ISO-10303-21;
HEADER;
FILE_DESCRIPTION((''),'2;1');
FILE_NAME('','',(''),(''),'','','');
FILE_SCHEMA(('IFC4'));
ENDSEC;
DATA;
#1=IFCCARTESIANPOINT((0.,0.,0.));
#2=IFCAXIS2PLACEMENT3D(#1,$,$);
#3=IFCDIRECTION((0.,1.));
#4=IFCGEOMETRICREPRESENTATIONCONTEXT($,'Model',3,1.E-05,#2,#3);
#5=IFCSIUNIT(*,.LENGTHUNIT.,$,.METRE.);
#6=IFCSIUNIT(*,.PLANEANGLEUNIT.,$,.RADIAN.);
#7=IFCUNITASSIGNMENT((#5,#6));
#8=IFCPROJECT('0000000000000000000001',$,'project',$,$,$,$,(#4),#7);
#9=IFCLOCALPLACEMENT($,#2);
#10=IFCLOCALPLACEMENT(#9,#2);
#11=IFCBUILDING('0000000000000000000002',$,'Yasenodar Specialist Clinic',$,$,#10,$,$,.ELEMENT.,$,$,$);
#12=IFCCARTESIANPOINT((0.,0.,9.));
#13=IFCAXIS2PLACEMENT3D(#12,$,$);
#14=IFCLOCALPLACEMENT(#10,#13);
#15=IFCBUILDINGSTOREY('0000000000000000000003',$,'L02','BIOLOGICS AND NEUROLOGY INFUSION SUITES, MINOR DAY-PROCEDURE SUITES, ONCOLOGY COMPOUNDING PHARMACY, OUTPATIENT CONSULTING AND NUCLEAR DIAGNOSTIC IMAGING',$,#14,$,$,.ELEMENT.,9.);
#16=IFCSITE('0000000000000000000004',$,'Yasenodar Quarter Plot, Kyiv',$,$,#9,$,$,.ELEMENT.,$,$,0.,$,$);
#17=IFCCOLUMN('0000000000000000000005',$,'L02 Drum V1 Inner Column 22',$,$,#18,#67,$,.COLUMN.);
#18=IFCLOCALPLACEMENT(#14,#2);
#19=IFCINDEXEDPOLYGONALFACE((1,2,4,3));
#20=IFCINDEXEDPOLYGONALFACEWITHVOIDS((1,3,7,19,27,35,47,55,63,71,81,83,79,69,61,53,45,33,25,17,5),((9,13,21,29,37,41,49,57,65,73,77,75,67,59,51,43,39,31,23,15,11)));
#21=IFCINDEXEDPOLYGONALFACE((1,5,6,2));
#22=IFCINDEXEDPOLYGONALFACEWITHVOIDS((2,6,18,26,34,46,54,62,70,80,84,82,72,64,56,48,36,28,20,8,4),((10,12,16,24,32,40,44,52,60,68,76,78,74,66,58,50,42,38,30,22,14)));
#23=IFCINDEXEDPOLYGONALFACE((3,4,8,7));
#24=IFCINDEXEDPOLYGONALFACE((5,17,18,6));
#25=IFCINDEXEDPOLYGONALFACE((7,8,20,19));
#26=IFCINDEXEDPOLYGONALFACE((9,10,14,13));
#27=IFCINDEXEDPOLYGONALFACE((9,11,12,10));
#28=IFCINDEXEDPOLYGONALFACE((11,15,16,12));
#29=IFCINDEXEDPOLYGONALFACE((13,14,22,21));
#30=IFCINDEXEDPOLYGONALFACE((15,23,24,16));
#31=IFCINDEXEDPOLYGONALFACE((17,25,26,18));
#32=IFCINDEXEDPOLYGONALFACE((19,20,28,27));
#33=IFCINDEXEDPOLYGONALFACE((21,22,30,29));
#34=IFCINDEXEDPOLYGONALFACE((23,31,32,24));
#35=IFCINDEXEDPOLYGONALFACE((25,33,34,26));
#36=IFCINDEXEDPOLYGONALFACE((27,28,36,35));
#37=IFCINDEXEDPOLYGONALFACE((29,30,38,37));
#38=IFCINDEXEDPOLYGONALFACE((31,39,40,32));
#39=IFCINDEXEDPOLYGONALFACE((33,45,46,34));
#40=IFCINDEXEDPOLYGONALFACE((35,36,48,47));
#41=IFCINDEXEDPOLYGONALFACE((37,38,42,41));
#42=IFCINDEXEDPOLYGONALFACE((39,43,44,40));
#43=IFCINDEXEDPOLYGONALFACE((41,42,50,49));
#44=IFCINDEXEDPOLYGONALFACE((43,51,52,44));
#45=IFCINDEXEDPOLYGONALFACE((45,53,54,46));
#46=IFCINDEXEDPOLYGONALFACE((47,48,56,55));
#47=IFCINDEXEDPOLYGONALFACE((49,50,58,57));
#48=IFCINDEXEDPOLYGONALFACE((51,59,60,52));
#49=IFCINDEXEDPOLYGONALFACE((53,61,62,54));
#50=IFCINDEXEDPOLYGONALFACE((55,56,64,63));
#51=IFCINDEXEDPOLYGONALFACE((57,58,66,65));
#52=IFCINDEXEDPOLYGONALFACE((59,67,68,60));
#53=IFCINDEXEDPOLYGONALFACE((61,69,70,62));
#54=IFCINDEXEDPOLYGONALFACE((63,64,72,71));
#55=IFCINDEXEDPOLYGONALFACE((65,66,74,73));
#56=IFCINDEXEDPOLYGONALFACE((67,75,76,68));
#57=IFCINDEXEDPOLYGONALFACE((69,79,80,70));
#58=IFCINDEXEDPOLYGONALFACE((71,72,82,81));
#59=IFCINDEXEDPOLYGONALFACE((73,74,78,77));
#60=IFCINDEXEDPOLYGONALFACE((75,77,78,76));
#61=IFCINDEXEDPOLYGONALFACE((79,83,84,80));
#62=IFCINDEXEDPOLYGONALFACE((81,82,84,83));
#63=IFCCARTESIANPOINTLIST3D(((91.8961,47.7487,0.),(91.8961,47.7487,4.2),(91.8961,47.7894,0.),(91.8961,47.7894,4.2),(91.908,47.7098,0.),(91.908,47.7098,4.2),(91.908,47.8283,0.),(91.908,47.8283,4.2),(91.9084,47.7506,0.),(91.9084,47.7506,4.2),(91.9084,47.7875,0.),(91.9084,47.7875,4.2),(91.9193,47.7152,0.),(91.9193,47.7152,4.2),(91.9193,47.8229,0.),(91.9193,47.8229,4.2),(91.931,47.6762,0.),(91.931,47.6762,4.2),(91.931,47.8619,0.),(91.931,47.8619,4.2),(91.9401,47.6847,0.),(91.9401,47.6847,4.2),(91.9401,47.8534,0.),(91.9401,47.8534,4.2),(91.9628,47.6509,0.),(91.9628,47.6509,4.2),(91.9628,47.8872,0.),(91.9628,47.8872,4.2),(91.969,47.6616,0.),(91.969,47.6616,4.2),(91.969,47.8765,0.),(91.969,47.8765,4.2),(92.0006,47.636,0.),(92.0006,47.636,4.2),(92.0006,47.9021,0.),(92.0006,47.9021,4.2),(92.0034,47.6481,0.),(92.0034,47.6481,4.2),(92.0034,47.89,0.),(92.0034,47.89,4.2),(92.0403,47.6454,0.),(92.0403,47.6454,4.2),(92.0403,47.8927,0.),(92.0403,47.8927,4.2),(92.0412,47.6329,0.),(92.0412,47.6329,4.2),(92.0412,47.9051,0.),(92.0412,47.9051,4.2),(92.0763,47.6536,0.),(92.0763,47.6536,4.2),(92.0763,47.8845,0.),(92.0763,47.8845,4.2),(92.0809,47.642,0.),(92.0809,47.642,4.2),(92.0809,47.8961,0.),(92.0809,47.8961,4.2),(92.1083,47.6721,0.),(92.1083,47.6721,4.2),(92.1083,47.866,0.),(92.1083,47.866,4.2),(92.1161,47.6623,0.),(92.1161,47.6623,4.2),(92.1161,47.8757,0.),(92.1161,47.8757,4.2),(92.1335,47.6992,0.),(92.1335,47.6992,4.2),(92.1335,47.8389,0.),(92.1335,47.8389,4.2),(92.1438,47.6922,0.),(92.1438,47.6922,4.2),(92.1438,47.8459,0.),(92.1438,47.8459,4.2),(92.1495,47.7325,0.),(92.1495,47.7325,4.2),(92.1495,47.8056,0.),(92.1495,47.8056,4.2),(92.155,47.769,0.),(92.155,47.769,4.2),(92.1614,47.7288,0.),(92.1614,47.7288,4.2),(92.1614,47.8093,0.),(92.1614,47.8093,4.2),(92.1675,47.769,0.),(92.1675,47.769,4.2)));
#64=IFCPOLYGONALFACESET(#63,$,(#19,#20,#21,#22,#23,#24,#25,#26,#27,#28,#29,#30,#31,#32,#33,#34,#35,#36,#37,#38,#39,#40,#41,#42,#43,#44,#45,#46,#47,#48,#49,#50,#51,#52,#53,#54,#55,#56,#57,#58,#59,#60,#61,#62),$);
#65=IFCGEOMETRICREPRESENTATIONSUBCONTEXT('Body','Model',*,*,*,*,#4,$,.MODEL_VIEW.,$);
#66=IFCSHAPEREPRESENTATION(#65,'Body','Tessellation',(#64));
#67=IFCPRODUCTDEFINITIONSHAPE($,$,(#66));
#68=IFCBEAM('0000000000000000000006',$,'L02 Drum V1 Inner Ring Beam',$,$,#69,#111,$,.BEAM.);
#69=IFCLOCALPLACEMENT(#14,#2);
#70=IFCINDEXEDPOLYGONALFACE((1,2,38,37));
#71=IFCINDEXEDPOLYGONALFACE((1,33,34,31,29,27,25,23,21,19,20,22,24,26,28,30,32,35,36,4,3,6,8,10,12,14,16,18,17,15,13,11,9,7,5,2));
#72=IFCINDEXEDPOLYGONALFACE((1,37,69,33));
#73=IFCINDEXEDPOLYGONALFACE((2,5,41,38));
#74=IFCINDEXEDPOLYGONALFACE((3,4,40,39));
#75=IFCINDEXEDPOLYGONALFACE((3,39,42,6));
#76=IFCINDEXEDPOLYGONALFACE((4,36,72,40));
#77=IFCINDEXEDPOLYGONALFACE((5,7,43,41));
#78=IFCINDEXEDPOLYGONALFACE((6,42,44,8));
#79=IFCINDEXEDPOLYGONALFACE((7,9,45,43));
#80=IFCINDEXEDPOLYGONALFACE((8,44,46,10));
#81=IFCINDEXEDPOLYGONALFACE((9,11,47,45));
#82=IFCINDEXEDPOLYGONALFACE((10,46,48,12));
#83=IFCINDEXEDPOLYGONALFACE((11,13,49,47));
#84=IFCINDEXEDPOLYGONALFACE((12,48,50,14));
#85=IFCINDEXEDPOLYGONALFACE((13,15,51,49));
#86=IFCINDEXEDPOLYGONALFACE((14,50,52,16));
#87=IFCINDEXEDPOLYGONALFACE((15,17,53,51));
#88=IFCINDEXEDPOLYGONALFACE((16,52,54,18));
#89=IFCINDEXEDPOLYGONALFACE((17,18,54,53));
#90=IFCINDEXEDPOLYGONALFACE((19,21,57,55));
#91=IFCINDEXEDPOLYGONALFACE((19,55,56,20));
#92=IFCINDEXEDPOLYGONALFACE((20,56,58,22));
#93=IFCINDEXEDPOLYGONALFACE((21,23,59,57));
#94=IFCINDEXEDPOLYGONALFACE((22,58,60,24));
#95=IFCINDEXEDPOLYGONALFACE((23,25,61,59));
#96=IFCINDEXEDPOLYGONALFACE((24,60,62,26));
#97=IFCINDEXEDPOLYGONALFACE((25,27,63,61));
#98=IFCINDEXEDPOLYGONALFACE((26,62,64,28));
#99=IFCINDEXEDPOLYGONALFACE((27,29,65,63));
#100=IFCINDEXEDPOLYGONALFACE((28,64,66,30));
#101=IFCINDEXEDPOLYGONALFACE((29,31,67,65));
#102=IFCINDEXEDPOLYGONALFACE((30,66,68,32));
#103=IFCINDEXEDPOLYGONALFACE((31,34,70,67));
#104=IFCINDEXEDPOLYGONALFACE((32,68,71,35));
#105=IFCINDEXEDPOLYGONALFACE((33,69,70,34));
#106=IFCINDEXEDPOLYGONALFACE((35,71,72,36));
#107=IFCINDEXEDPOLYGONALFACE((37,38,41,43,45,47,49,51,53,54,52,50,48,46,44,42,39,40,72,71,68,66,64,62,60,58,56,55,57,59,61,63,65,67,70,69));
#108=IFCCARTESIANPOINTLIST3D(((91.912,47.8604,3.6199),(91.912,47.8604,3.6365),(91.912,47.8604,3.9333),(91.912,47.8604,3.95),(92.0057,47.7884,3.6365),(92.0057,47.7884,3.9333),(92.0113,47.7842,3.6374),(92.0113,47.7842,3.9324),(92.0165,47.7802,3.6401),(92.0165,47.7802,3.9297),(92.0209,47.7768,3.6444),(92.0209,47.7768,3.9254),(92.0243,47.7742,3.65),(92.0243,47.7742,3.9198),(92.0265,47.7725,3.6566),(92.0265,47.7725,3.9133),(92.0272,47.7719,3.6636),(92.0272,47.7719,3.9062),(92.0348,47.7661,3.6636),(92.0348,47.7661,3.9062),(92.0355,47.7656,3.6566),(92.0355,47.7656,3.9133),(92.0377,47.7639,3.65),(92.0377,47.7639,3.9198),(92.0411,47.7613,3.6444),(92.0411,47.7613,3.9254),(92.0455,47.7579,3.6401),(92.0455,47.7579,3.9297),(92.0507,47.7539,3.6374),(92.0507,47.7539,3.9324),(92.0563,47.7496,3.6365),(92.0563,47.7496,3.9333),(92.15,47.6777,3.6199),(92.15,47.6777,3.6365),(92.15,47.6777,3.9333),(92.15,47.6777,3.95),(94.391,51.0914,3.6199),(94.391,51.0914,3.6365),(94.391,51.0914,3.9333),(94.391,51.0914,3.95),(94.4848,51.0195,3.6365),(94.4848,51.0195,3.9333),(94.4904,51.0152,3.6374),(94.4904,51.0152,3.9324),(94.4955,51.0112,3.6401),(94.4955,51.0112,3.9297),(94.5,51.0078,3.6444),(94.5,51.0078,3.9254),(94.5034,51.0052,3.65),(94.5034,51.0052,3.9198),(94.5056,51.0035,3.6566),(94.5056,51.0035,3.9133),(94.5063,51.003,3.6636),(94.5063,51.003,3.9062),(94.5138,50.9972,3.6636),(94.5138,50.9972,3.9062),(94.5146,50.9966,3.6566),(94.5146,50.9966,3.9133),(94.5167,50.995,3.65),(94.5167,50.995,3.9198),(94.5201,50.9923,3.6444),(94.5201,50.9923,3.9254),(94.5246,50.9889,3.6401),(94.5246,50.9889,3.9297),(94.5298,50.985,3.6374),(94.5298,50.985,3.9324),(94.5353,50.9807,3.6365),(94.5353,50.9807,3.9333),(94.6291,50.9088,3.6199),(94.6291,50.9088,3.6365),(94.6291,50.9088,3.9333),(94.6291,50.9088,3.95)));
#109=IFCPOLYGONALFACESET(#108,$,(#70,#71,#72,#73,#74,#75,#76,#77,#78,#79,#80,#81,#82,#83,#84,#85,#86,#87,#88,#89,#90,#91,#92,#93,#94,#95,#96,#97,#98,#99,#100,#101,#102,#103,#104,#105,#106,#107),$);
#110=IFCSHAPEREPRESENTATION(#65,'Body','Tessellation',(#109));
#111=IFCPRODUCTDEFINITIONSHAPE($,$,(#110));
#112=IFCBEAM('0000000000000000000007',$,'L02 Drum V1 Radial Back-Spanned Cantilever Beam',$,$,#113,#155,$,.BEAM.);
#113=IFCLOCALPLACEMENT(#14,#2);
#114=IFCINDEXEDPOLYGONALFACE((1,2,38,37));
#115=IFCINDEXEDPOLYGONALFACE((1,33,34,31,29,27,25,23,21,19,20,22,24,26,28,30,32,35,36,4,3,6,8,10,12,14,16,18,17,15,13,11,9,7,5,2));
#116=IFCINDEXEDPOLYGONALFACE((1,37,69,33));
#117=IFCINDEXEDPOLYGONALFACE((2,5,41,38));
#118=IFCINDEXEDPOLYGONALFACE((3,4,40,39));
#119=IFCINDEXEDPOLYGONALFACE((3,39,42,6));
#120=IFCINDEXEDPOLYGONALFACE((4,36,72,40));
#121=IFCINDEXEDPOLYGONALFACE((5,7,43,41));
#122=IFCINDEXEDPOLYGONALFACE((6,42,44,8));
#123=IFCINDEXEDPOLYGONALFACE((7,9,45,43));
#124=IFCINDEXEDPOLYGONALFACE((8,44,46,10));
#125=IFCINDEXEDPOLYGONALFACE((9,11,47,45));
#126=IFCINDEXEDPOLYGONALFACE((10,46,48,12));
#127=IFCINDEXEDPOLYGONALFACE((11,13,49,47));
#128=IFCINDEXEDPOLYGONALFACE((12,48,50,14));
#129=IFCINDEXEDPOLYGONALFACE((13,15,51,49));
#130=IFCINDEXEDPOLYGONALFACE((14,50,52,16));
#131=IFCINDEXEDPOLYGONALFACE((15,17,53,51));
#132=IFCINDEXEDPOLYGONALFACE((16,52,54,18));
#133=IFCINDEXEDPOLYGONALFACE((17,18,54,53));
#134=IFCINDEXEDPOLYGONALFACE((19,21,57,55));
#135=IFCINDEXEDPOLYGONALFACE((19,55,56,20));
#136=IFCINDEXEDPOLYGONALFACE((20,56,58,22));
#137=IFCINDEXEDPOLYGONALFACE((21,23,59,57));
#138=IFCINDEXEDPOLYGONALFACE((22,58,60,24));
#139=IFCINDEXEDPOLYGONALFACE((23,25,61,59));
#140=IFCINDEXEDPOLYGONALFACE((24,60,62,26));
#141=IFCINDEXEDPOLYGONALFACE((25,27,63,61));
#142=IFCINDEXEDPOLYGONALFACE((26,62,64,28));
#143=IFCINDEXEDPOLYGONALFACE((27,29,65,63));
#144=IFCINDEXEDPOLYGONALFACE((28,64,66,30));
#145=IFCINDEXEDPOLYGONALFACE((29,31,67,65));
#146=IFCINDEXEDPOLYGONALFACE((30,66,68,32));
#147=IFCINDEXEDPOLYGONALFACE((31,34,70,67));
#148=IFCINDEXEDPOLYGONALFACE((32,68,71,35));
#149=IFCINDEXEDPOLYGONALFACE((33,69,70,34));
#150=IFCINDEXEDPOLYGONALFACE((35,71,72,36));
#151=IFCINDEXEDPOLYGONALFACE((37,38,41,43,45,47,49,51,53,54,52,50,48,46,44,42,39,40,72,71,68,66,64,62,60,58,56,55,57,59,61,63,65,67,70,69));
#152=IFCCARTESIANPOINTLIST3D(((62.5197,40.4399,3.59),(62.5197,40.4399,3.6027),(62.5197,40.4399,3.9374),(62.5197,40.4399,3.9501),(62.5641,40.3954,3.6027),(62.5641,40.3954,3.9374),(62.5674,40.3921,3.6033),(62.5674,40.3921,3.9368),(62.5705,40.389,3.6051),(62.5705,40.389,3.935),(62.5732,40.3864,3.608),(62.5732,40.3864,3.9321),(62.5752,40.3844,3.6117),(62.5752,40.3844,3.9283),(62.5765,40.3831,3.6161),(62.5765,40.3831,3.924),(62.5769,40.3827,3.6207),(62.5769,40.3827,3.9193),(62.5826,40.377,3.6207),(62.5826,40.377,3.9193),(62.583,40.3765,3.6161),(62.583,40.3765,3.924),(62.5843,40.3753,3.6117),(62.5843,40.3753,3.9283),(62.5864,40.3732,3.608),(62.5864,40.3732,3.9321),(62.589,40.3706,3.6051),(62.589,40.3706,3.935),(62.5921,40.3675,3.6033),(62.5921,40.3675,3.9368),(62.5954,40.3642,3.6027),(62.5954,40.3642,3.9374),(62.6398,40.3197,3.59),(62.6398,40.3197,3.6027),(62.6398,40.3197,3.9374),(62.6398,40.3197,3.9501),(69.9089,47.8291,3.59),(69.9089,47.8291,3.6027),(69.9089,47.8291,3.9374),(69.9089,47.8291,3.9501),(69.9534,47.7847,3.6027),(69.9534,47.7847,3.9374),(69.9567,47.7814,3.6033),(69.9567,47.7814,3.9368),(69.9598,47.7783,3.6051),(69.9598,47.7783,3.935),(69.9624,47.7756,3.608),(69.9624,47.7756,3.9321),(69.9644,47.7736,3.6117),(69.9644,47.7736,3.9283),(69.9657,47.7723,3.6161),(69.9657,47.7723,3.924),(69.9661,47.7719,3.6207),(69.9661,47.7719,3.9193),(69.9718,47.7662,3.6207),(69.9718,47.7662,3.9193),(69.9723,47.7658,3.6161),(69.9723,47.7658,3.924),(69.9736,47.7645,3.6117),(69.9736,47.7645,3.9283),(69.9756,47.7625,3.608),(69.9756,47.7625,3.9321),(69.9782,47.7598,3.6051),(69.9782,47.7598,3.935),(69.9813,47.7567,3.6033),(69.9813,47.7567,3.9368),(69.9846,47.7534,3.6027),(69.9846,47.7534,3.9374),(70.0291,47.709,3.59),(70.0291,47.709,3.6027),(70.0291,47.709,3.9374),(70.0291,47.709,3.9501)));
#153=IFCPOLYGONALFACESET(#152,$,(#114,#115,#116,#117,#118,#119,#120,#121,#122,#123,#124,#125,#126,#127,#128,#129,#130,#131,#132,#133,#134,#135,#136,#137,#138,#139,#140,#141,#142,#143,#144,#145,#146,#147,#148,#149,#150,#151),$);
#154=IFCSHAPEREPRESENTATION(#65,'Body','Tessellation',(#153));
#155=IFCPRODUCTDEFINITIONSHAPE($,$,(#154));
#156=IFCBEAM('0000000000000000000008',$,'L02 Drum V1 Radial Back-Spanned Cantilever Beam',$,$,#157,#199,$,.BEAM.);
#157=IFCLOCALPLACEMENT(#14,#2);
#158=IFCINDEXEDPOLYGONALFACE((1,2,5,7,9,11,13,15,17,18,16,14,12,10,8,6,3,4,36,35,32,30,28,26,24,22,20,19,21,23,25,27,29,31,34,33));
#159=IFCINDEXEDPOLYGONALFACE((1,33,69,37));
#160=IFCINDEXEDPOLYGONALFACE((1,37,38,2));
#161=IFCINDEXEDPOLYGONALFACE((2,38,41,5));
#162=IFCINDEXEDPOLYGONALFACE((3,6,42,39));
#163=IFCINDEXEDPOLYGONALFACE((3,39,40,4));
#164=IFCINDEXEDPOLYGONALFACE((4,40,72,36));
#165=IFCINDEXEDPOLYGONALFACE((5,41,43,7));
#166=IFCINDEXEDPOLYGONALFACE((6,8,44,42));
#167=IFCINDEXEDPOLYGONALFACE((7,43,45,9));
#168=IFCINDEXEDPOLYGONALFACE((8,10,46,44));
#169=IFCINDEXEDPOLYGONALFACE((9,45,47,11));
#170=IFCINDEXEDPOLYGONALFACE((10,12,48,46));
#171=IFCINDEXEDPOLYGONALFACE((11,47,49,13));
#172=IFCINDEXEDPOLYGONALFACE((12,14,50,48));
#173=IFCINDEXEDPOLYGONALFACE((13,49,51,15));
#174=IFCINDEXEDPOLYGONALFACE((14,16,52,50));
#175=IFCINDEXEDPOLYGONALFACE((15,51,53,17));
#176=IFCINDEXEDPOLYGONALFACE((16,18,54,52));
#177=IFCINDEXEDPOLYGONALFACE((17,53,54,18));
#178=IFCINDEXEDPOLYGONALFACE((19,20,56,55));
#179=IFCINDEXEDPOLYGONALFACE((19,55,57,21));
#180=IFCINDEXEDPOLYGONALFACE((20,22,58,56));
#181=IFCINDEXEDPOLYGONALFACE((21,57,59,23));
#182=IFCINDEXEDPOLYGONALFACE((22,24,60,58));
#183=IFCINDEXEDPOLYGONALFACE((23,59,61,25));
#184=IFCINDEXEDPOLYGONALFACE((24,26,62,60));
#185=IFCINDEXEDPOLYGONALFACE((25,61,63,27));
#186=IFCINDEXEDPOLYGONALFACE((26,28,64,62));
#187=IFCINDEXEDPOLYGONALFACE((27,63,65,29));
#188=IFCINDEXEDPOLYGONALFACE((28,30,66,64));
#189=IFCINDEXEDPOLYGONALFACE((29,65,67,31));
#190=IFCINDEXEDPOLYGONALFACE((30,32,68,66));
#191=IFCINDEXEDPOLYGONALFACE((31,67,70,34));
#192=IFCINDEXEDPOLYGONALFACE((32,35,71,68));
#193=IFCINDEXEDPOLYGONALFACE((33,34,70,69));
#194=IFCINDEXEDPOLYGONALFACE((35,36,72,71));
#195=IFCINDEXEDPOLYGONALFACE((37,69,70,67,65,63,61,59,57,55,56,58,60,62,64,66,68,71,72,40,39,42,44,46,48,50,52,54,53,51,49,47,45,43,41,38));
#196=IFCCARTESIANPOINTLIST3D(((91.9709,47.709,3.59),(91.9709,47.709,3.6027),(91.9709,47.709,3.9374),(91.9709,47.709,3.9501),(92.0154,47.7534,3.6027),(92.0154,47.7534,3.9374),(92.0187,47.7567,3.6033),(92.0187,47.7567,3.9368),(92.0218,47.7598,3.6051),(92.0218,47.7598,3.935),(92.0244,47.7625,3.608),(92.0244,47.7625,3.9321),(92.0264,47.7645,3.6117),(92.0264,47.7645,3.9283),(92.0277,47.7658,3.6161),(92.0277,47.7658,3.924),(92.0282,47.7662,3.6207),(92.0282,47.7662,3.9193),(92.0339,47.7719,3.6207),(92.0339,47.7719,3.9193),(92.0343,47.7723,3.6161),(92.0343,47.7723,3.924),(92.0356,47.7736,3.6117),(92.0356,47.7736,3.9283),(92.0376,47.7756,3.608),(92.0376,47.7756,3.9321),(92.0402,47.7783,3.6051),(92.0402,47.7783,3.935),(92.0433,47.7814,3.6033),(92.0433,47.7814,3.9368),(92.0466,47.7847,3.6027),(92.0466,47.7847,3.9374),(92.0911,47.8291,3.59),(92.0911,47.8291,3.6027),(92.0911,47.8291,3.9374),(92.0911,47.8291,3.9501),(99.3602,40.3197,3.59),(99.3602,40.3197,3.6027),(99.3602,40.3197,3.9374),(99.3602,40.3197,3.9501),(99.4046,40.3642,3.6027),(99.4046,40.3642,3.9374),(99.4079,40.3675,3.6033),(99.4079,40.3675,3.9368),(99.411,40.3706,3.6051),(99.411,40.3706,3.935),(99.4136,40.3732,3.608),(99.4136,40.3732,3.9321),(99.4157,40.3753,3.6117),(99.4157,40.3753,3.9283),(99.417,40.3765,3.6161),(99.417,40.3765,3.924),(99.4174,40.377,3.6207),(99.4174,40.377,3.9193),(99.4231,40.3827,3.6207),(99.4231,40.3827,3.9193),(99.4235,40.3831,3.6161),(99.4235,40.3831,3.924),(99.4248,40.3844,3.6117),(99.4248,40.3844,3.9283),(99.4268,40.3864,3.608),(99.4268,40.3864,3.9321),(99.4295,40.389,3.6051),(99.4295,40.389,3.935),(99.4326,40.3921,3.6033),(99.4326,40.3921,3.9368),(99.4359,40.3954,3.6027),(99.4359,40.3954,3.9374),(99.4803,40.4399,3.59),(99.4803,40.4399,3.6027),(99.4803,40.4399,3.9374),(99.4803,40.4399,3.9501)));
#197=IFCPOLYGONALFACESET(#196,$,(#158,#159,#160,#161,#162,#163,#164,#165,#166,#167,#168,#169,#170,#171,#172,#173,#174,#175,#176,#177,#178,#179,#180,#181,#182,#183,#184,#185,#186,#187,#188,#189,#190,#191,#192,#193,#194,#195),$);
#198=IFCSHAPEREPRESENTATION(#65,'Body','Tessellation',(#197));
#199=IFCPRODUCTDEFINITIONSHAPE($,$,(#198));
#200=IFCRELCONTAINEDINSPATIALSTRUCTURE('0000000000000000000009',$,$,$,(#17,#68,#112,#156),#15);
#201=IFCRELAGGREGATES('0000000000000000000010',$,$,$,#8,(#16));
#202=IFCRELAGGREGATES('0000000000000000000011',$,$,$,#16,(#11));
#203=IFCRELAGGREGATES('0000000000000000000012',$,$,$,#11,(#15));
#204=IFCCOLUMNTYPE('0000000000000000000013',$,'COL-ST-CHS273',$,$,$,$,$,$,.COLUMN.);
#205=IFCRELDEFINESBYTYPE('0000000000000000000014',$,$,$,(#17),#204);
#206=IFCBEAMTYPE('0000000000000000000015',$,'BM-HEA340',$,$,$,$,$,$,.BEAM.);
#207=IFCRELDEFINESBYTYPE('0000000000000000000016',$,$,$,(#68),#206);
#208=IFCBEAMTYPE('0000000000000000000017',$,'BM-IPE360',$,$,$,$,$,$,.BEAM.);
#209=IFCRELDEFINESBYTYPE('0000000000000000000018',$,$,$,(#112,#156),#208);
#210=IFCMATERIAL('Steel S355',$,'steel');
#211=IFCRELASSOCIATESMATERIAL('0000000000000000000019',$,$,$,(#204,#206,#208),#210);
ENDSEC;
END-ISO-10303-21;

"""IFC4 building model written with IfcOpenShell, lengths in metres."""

from ifc_helpers import new_model, si_unit, direction, frame, origin, origin_2d, place, context, subcontext, project, spatial, hollow_circle, i_section, extrude, material, material_profile, profile_set, type_object, element, save


model = new_model("IFC4")

# Units and contexts
model_context = context("Model", 3, precision=1e-05, world=origin(), true_north=direction((0.0, 1.0)))
body_context = subcontext(model_context, "Body", "Model", "MODEL_VIEW")
ifc_project = project(units=[si_unit("LENGTHUNIT", "METRE"), si_unit("PLANEANGLEUNIT", "RADIAN")], contexts=[model_context])

# Site, building, storey
site_placement = place(None, origin())
site = spatial("IfcSite", under=ifc_project, at=site_placement, Name="Yasenodar Quarter Plot, Kyiv", CompositionType="ELEMENT", RefElevation=0.0)
building_placement = place(site_placement, origin())
building = spatial("IfcBuilding", under=site, at=building_placement, Name="Yasenodar Specialist Clinic", CompositionType="ELEMENT")
storey_placement = place(building_placement, frame((0.0, 0.0, 9.0)))
storey = spatial("IfcBuildingStorey", under=building, at=storey_placement, Name="L02", Description="BIOLOGICS AND NEUROLOGY INFUSION SUITES, MINOR DAY-PROCEDURE SUITES, ONCOLOGY COMPOUNDING PHARMACY, OUTPATIENT CONSULTING AND NUCLEAR DIAGNOSTIC IMAGING", CompositionType="ELEMENT", Elevation=9.0)

# Column
ifc_material_1 = material(Name="Steel S355", Category="steel")
ifc_material_profile_1 = material_profile(ifc_material_1, hollow_circle(Radius=0.1365, WallThickness=0.0125, at=origin_2d()), Name="CHS 273x12.5")
ifc_profile_set_1 = profile_set([ifc_material_profile_1], Name="Steel S355")
column_type = type_object("IfcColumnType", Name="COL-ST-CHS273", PredefinedType="COLUMN", material=ifc_profile_set_1)
column_placement = place(storey_placement, frame((92.031, 47.769, 0.0), z_axis=(0.0, 0.0, 1.0), x_axis=(1.0, 0.0, 0.0)))
element("IfcColumn", 1, at=column_placement, inside=storey, type_object=column_type, Name="L02 Drum V1 Inner Column 22", PredefinedType="COLUMN", context=body_context, shape_type="SweptSolid", body=[
    extrude(hollow_circle(Radius=0.1365, WallThickness=0.0125, at=origin_2d()), origin(), (0.0, 0.0, 1.0), 4.2),
])

# Beams
ifc_material_profile_2 = material_profile(ifc_material_1, i_section(OverallWidth=0.3, OverallDepth=0.3301, WebThickness=0.0095, FlangeThickness=0.0166, FilletRadius=0.0271, at=origin_2d()), Name="HEA 340")
ifc_profile_set_2 = profile_set([ifc_material_profile_2], Name="Steel S355")
beam_type_1 = type_object("IfcBeamType", Name="BM-HEA340", PredefinedType="BEAM", material=ifc_profile_set_2)
beam_placement = place(storey_placement, frame((92.031, 47.769, 3.7849), z_axis=(0.608731, 0.793377, 0.0), x_axis=(-0.793377, 0.608731, 0.0)))
element("IfcBeam", 2, at=beam_placement, inside=storey, type_object=beam_type_1, Name="L02 Drum V1 Inner Ring Beam", PredefinedType="BEAM", context=body_context, shape_type="SweptSolid", body=[
    extrude(i_section(OverallWidth=0.3, OverallDepth=0.3301, WebThickness=0.0095, FlangeThickness=0.0166, FilletRadius=0.0271, at=origin_2d()), origin(), (0.0, 0.0, 1.0), 4.0725),
])
ifc_material_profile_3 = material_profile(ifc_material_1, i_section(OverallWidth=0.1699, OverallDepth=0.3601, WebThickness=0.0081, FlangeThickness=0.0127, FilletRadius=0.0181, at=origin_2d()), Name="IPE 360")
ifc_profile_set_3 = profile_set([ifc_material_profile_3], Name="Steel S355")
beam_type_2 = type_object("IfcBeamType", Name="BM-IPE360", PredefinedType="BEAM", material=ifc_profile_set_3)
for number, where, z_axis, x_axis, name in (
    (3, (69.969, 47.769, 3.77), (-0.707107, -0.707107, 0.0), (0.707107, -0.707107, 0.0), "L02 Drum V1 Radial Back-Spanned Cantilever Beam"),
    (4, (92.031, 47.769, 3.77), (0.707107, -0.707107, 0.0), (0.707107, 0.707107, 0.0), "L02 Drum V1 Radial Back-Spanned Cantilever Beam"),
):
    element("IfcBeam", number, at=place(storey_placement, frame(where, z_axis=z_axis, x_axis=x_axis)), inside=storey, type_object=beam_type_2, Name=name, PredefinedType="BEAM", context=body_context, shape_type="SweptSolid", body=[
        extrude(i_section(OverallWidth=0.1699, OverallDepth=0.3601, WebThickness=0.0081, FlangeThickness=0.0127, FilletRadius=0.0181, at=origin_2d()), origin(), (0.0, 0.0, 1.0), 10.45),
    ])

save(model, "model.ifc")
